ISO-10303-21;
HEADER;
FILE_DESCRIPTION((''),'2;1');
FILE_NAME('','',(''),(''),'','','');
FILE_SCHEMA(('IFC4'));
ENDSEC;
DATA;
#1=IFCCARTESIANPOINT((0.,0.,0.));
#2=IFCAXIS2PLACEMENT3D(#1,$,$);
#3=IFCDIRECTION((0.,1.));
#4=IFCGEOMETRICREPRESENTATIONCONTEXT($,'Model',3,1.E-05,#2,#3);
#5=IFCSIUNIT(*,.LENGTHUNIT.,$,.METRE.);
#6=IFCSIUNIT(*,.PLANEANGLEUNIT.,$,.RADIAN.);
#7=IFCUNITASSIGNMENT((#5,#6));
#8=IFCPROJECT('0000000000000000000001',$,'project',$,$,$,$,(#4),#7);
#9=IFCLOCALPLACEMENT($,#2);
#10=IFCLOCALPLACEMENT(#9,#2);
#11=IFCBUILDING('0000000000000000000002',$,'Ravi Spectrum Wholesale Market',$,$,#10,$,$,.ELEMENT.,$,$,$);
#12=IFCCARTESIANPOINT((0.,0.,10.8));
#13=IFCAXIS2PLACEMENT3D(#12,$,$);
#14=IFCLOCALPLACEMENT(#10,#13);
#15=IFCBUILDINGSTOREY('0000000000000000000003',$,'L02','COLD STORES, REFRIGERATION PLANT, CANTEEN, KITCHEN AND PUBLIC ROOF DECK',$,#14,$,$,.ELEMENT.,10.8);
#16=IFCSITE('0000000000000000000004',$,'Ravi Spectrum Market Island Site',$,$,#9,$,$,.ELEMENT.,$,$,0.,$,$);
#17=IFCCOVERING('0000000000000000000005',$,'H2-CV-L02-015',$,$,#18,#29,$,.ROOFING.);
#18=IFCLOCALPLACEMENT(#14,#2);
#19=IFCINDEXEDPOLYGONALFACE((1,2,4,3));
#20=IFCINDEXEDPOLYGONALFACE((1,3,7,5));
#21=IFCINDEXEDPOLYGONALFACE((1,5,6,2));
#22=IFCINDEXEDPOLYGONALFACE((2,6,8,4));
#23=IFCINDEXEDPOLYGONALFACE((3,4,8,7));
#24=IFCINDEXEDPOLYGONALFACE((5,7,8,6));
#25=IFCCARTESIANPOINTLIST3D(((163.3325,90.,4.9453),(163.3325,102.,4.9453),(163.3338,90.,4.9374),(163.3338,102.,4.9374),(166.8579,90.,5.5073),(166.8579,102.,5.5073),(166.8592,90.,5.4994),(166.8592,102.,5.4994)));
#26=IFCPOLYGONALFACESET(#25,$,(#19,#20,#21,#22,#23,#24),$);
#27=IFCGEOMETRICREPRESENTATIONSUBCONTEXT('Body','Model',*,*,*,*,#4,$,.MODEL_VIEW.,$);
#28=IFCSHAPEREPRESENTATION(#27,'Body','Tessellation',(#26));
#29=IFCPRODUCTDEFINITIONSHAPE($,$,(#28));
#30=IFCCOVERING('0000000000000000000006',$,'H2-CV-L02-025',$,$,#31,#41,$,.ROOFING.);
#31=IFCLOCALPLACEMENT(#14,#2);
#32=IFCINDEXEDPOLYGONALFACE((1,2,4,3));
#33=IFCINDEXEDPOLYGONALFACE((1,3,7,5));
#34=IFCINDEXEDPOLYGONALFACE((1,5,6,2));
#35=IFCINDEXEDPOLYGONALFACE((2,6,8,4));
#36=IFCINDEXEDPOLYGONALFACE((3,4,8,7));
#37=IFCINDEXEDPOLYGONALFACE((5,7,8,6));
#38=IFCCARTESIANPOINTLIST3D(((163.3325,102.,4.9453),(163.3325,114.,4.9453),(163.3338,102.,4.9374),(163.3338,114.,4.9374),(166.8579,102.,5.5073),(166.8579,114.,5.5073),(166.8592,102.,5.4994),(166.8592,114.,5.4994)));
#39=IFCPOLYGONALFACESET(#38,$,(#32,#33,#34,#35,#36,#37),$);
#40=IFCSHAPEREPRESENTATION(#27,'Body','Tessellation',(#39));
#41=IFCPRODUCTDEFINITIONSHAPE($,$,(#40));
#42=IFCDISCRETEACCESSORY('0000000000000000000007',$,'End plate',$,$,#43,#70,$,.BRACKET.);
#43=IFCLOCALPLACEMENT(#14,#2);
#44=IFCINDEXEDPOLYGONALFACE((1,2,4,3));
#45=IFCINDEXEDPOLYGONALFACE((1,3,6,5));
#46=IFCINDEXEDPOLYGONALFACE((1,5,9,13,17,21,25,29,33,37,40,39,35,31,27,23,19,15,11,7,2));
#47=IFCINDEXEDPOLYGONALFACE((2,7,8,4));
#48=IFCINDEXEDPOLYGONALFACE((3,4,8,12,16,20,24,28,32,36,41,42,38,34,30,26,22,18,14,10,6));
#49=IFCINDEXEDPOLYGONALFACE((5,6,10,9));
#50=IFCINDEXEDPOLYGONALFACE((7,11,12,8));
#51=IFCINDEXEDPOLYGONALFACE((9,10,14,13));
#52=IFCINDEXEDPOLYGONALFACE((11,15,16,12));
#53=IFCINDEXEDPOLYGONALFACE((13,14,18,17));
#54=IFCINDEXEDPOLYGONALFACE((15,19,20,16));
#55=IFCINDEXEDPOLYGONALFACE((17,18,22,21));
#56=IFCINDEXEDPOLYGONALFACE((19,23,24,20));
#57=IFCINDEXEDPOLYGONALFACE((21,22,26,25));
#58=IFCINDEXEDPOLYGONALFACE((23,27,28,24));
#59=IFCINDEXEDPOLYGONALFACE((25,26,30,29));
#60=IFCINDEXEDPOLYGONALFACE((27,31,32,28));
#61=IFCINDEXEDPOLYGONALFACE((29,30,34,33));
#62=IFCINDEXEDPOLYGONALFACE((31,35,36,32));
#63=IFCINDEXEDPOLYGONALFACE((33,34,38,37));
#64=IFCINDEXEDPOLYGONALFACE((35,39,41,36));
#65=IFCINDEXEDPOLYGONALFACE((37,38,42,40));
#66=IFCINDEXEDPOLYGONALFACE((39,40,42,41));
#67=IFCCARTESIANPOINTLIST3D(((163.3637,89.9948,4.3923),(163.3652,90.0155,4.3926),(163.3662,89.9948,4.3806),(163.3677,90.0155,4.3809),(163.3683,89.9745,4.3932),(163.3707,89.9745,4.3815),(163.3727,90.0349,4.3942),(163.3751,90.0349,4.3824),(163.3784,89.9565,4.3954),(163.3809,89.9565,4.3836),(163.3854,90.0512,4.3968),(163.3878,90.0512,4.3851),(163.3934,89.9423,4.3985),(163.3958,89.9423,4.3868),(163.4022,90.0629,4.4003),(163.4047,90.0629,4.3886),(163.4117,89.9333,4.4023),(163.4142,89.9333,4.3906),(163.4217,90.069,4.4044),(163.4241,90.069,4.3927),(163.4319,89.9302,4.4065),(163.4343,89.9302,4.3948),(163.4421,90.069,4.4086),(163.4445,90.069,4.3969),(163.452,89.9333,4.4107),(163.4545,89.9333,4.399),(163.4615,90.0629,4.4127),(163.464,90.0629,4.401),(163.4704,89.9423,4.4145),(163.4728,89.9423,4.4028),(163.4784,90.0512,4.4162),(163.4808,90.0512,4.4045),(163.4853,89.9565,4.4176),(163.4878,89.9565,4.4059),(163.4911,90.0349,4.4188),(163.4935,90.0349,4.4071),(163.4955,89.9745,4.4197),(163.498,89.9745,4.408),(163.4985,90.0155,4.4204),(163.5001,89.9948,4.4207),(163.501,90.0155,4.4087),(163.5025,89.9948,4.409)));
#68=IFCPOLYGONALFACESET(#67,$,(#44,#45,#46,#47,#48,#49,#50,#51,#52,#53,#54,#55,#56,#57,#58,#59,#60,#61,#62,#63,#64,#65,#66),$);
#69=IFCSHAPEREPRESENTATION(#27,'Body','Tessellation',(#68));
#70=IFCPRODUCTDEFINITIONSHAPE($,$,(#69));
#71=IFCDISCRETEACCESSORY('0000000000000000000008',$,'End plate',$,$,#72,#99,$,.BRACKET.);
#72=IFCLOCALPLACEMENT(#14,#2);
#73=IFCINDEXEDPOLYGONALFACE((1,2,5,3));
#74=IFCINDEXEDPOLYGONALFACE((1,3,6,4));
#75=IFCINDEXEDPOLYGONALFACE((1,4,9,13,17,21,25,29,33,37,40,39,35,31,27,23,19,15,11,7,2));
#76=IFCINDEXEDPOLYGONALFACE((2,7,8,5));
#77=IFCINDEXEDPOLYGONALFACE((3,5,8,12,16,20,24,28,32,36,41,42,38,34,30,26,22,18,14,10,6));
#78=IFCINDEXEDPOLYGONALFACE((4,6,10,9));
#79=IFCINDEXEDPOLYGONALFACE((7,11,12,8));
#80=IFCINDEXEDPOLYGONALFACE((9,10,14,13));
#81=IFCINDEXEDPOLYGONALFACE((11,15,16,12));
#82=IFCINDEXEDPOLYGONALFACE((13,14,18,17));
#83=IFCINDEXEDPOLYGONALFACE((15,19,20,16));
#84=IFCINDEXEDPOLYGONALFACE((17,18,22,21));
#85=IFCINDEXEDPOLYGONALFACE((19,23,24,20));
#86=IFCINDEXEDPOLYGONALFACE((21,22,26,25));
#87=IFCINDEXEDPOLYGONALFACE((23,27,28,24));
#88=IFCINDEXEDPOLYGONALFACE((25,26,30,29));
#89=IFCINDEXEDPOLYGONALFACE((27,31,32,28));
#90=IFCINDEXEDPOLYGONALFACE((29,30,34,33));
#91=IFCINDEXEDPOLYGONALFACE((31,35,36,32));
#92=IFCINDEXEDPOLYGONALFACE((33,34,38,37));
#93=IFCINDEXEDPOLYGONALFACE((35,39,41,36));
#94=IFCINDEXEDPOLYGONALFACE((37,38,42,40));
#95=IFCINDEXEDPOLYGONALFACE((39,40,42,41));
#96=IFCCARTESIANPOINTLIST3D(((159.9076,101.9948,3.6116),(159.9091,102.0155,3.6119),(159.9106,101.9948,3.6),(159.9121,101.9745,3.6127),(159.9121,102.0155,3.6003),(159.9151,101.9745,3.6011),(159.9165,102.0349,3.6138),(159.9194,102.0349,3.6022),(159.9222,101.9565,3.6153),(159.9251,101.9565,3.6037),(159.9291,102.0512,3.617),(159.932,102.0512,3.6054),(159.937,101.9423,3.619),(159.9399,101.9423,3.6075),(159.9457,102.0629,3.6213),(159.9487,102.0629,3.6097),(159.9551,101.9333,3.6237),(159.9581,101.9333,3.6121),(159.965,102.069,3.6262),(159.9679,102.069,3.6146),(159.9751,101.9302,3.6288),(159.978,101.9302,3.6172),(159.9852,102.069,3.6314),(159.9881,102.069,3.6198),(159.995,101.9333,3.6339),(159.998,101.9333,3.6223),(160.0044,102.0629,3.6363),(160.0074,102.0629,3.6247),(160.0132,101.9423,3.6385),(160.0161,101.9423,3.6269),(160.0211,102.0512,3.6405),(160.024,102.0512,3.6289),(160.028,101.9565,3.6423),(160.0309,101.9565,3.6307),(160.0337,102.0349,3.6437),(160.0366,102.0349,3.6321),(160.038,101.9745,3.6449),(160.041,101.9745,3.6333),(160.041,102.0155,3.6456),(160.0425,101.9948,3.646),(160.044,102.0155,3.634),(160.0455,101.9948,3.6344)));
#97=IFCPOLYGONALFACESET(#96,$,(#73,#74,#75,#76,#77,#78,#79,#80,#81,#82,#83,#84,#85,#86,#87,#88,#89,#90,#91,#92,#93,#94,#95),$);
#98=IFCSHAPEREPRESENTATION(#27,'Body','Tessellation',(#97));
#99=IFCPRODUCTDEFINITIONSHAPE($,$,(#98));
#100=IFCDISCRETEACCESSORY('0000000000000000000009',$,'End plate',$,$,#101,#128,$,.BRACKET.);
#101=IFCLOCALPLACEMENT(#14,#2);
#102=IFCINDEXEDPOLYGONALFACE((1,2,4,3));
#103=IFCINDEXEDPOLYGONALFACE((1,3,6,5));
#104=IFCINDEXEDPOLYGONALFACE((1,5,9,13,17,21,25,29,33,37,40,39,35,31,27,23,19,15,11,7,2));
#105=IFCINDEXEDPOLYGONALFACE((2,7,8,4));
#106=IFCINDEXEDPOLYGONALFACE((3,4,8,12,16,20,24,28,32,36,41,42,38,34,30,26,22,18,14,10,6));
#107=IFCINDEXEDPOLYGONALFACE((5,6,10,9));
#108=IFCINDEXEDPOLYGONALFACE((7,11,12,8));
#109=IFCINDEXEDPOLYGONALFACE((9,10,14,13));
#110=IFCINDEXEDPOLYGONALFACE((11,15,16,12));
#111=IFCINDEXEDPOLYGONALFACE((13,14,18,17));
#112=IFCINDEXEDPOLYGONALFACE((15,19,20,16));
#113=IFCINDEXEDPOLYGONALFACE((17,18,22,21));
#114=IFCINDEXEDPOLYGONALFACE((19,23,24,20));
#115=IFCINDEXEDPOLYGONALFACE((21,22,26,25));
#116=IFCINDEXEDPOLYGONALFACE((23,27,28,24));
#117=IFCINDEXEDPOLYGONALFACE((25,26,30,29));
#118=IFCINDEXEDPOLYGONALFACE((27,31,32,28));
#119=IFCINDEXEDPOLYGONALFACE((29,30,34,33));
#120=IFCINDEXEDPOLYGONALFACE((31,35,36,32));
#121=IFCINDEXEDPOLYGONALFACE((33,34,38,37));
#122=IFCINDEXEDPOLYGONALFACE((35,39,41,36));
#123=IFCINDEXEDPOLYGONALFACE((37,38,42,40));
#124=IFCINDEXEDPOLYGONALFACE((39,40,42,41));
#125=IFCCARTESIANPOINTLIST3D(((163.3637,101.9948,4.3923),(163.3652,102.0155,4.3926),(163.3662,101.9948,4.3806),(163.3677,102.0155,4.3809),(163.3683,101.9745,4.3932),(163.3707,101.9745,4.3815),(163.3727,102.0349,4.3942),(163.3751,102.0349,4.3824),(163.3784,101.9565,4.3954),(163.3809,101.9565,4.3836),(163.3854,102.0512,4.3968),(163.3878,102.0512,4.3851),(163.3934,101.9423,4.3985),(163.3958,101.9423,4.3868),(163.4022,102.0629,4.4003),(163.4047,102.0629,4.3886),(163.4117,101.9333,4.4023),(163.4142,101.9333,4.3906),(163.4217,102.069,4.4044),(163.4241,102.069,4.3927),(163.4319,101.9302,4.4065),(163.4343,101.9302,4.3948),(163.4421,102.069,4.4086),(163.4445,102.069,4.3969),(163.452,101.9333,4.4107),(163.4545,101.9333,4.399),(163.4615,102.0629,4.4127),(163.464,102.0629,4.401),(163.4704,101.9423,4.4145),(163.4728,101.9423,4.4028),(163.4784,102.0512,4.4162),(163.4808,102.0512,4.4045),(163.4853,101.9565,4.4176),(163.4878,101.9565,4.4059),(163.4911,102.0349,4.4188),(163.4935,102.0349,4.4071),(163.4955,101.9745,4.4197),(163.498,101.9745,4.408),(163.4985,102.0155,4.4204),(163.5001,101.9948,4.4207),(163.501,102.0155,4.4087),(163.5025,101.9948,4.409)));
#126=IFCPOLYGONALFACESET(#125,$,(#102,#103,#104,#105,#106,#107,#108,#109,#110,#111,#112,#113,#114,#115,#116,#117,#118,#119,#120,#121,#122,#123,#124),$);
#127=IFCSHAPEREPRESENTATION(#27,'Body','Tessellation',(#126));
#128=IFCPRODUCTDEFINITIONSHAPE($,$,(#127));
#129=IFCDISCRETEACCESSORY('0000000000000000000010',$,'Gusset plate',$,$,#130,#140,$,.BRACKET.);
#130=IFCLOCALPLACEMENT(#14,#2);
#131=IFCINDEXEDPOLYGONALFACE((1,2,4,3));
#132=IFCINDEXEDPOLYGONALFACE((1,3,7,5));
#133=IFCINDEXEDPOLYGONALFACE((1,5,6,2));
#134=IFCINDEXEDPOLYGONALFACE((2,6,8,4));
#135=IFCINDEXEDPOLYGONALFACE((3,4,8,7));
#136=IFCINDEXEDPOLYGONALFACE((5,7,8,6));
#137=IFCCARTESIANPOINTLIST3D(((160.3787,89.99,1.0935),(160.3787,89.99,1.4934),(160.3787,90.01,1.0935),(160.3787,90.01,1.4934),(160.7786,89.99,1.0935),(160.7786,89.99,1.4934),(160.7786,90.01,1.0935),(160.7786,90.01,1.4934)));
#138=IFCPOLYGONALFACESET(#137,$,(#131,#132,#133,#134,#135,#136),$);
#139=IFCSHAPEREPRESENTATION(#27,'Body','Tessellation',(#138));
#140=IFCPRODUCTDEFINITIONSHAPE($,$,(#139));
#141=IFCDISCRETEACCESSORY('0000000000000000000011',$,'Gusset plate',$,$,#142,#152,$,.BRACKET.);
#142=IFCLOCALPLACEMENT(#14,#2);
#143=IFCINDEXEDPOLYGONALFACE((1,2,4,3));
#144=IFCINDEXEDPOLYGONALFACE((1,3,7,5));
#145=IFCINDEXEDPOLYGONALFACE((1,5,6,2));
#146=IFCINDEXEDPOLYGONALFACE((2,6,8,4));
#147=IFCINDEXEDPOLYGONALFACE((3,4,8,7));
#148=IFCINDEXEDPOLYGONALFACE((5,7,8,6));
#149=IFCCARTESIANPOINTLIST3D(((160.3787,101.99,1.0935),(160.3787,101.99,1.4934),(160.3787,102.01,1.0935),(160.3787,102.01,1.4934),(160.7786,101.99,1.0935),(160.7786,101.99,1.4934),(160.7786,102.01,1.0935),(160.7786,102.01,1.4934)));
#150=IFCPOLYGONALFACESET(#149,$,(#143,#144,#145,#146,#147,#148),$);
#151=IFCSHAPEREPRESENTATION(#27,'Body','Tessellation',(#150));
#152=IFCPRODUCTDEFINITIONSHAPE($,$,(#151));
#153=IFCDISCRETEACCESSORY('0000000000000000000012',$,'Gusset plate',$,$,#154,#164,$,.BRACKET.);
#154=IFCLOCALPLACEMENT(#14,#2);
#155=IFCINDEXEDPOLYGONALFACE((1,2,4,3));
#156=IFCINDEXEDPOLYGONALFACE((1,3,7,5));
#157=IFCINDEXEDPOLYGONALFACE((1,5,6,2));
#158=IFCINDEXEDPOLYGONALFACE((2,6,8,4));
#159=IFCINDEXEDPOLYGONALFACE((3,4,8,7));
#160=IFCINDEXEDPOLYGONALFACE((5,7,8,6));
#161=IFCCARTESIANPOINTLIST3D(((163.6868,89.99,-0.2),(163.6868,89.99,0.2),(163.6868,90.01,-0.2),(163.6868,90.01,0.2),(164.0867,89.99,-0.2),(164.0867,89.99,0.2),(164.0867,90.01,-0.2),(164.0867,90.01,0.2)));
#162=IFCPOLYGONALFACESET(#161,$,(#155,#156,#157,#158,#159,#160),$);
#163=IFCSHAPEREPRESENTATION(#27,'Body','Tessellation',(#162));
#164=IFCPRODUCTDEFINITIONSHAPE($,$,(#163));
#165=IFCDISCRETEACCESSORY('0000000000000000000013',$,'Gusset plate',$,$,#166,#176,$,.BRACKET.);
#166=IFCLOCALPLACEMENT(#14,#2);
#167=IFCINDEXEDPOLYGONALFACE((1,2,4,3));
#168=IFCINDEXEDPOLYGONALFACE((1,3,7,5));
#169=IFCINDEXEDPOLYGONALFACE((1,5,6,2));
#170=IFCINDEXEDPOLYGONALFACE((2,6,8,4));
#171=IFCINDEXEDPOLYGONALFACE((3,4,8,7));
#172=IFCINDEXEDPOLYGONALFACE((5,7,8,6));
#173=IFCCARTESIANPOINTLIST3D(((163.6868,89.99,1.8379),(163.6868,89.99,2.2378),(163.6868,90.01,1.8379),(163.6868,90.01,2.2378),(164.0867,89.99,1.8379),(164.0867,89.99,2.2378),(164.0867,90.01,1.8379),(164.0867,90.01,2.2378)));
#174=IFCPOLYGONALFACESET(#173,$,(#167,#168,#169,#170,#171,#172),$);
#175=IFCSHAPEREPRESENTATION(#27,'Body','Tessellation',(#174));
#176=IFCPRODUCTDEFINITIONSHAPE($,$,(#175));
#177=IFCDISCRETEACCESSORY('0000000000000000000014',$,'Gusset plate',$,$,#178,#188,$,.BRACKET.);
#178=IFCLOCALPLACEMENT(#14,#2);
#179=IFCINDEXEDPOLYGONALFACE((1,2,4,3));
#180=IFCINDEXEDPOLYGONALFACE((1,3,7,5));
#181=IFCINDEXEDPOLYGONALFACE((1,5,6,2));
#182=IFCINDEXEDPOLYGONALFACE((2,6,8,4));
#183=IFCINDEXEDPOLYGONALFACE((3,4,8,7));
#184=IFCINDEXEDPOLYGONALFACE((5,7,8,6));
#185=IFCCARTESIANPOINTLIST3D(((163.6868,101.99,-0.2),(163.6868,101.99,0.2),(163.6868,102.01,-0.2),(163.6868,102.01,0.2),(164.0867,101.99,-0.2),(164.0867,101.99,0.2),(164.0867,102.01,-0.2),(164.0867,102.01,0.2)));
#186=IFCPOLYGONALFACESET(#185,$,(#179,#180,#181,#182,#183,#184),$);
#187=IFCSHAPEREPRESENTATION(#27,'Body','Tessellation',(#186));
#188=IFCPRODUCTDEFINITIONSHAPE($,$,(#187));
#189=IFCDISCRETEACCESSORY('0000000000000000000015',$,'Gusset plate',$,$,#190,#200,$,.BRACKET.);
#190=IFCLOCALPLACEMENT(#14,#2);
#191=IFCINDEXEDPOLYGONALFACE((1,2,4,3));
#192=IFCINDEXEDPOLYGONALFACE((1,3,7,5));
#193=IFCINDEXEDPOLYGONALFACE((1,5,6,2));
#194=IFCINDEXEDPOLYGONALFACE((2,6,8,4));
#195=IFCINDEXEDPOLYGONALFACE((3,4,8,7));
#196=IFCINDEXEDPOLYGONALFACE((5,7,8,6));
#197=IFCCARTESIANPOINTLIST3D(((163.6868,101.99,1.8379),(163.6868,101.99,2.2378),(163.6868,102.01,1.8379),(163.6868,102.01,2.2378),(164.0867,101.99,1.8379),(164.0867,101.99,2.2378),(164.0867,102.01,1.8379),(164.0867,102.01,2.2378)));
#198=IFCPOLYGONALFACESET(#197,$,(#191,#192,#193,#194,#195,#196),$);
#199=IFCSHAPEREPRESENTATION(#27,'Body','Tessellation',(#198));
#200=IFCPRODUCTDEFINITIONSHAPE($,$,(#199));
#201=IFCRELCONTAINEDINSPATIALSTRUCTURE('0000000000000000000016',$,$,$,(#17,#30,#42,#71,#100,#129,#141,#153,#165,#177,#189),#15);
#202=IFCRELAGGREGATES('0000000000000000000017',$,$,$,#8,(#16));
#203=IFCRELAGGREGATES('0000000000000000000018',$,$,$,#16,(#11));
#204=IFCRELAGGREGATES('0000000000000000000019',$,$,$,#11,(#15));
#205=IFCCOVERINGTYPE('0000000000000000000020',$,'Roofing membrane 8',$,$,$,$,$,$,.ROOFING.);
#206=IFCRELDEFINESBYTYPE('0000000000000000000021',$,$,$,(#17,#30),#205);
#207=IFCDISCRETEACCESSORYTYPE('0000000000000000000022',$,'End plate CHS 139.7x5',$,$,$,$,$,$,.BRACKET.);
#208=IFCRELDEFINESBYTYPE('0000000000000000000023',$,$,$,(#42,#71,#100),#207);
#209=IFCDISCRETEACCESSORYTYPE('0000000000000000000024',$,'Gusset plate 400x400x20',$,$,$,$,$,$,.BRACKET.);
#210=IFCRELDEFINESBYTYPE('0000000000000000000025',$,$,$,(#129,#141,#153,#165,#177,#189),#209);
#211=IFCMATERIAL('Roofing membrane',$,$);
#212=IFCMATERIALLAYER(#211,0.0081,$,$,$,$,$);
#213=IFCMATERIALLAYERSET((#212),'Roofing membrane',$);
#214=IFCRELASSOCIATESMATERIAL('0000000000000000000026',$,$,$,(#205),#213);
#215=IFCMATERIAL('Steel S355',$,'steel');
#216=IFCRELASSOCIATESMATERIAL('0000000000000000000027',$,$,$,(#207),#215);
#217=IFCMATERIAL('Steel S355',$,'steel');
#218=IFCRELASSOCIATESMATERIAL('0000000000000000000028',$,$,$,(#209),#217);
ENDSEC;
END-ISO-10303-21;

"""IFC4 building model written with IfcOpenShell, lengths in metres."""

from ifc_helpers import new_model, si_unit, direction, frame, origin, origin_2d, place, context, subcontext, project, spatial, polyline, rectangle, circle, outline, extrude, material, layer, layer_set, material_profile, profile_set, type_object, element, save


model = new_model("IFC4")

# Units and contexts
model_context = context("Model", 3, precision=1e-05, world=origin(), true_north=direction((0.0, 1.0)))
body_context = subcontext(model_context, "Body", "Model", "MODEL_VIEW")
ifc_project = project(units=[si_unit("LENGTHUNIT", "METRE"), si_unit("PLANEANGLEUNIT", "RADIAN")], contexts=[model_context])

# Site, building, storey
site_placement = place(None, origin())
site = spatial("IfcSite", under=ifc_project, at=site_placement, Name="Ravi Spectrum Market Island Site", CompositionType="ELEMENT", RefElevation=0.0)
building_placement = place(site_placement, origin())
building = spatial("IfcBuilding", under=site, at=building_placement, Name="Ravi Spectrum Wholesale Market", CompositionType="ELEMENT")
storey_placement = place(building_placement, frame((0.0, 0.0, 10.8)))
storey = spatial("IfcBuildingStorey", under=building, at=storey_placement, Name="L02", Description="COLD STORES, REFRIGERATION PLANT, CANTEEN, KITCHEN AND PUBLIC ROOF DECK", CompositionType="ELEMENT", Elevation=10.8)

# Coverings
ifc_material_1 = material(Name="Roofing membrane")
ifc_layer_1 = layer(ifc_material_1, 0.0081)
ifc_layer_set_1 = layer_set([ifc_layer_1], Name="Roofing membrane")
covering_type = type_object("IfcCoveringType", Name="Roofing membrane 8", PredefinedType="ROOFING", material=ifc_layer_set_1)
for number, where, z_axis, x_axis, name in (
    (1, (163.3325, 90.0, 4.9453), (-0.15743, 0.0, 0.98753), (0.98753, 0.0, 0.15743), "H2-CV-L02-015"),
    (2, (163.3325, 102.0, 4.9453), (-0.15743, 0.0, 0.98753), (0.98753, 0.0, 0.15743), "H2-CV-L02-025"),
):
    element("IfcCovering", number, at=place(storey_placement, frame(where, z_axis=z_axis, x_axis=x_axis)), inside=storey, type_object=covering_type, Name=name, PredefinedType="ROOFING", context=body_context, shape_type="SweptSolid", body=[
        extrude(outline(polyline([(0.0, 0.0), (3.5699, 0.0), (3.5699, 12.0), (0.0, 12.0), (0.0, 0.0)])), origin(), (0.0, 0.0, -1.0), 0.0081),
    ])

# Discrete accessories
ifc_material_2 = material(Name="Steel S355", Category="steel")
ifc_material_profile_1 = material_profile(ifc_material_2, circle(Radius=0.0698, at=origin_2d()))
ifc_profile_set_1 = profile_set([ifc_material_profile_1], Name="Steel S355")
discrete_accessory_type_1 = type_object("IfcDiscreteAccessoryType", Name="End plate CHS 139.7x5", PredefinedType="BRACKET", material=ifc_profile_set_1)
for number, where, z_axis, x_axis, name in (
    (3, (163.4343, 90.0, 4.3948), (-0.203954, 0.0, 0.97898), (0.0, -1.0, 0.0), "End plate"),
    (4, (159.978, 102.0, 3.6172), (-0.247383, 0.0, 0.968918), (0.0, -1.0, 0.0), "End plate"),
    (5, (163.4343, 102.0, 4.3948), (-0.203954, 0.0, 0.97898), (0.0, -1.0, 0.0), "End plate"),
):
    element("IfcDiscreteAccessory", number, at=place(storey_placement, frame(where, z_axis=z_axis, x_axis=x_axis)), inside=storey, type_object=discrete_accessory_type_1, Name=name, PredefinedType="BRACKET", context=body_context, shape_type="SweptSolid", body=[
        extrude(circle(Radius=0.0698, at=origin_2d()), origin(), (0.0, 0.0, 1.0), 0.012),
    ])
ifc_material_3 = material(Name="Steel S355", Category="steel")
ifc_material_profile_2 = material_profile(ifc_material_3, rectangle(XDim=0.3999, YDim=0.02, at=origin_2d()))
ifc_profile_set_2 = profile_set([ifc_material_profile_2], Name="Steel S355")
discrete_accessory_type_2 = type_object("IfcDiscreteAccessoryType", Name="Gusset plate 400x400x20", PredefinedType="BRACKET", material=ifc_profile_set_2)
for number, where, z_axis, x_axis, name in (
    (6, (160.5786, 90.0, 1.0935), (0.0, 0.0, 1.0), (1.0, 0.0, 0.0), "Gusset plate"),
    (7, (160.5786, 102.0, 1.0935), (0.0, 0.0, 1.0), (1.0, 0.0, 0.0), "Gusset plate"),
    (8, (163.8867, 90.0, -0.2), (0.0, 0.0, 1.0), (1.0, 0.0, 0.0), "Gusset plate"),
    (9, (163.8867, 90.0, 1.8379), (0.0, 0.0, 1.0), (1.0, 0.0, 0.0), "Gusset plate"),
    (10, (163.8867, 102.0, -0.2), (0.0, 0.0, 1.0), (1.0, 0.0, 0.0), "Gusset plate"),
    (11, (163.8867, 102.0, 1.8379), (0.0, 0.0, 1.0), (1.0, 0.0, 0.0), "Gusset plate"),
):
    element("IfcDiscreteAccessory", number, at=place(storey_placement, frame(where, z_axis=z_axis, x_axis=x_axis)), inside=storey, type_object=discrete_accessory_type_2, Name=name, PredefinedType="BRACKET", context=body_context, shape_type="SweptSolid", body=[
        extrude(rectangle(XDim=0.3999, YDim=0.02, at=origin_2d()), origin(), (0.0, 0.0, 1.0), 0.3999),
    ])

save(model, "model.ifc")
